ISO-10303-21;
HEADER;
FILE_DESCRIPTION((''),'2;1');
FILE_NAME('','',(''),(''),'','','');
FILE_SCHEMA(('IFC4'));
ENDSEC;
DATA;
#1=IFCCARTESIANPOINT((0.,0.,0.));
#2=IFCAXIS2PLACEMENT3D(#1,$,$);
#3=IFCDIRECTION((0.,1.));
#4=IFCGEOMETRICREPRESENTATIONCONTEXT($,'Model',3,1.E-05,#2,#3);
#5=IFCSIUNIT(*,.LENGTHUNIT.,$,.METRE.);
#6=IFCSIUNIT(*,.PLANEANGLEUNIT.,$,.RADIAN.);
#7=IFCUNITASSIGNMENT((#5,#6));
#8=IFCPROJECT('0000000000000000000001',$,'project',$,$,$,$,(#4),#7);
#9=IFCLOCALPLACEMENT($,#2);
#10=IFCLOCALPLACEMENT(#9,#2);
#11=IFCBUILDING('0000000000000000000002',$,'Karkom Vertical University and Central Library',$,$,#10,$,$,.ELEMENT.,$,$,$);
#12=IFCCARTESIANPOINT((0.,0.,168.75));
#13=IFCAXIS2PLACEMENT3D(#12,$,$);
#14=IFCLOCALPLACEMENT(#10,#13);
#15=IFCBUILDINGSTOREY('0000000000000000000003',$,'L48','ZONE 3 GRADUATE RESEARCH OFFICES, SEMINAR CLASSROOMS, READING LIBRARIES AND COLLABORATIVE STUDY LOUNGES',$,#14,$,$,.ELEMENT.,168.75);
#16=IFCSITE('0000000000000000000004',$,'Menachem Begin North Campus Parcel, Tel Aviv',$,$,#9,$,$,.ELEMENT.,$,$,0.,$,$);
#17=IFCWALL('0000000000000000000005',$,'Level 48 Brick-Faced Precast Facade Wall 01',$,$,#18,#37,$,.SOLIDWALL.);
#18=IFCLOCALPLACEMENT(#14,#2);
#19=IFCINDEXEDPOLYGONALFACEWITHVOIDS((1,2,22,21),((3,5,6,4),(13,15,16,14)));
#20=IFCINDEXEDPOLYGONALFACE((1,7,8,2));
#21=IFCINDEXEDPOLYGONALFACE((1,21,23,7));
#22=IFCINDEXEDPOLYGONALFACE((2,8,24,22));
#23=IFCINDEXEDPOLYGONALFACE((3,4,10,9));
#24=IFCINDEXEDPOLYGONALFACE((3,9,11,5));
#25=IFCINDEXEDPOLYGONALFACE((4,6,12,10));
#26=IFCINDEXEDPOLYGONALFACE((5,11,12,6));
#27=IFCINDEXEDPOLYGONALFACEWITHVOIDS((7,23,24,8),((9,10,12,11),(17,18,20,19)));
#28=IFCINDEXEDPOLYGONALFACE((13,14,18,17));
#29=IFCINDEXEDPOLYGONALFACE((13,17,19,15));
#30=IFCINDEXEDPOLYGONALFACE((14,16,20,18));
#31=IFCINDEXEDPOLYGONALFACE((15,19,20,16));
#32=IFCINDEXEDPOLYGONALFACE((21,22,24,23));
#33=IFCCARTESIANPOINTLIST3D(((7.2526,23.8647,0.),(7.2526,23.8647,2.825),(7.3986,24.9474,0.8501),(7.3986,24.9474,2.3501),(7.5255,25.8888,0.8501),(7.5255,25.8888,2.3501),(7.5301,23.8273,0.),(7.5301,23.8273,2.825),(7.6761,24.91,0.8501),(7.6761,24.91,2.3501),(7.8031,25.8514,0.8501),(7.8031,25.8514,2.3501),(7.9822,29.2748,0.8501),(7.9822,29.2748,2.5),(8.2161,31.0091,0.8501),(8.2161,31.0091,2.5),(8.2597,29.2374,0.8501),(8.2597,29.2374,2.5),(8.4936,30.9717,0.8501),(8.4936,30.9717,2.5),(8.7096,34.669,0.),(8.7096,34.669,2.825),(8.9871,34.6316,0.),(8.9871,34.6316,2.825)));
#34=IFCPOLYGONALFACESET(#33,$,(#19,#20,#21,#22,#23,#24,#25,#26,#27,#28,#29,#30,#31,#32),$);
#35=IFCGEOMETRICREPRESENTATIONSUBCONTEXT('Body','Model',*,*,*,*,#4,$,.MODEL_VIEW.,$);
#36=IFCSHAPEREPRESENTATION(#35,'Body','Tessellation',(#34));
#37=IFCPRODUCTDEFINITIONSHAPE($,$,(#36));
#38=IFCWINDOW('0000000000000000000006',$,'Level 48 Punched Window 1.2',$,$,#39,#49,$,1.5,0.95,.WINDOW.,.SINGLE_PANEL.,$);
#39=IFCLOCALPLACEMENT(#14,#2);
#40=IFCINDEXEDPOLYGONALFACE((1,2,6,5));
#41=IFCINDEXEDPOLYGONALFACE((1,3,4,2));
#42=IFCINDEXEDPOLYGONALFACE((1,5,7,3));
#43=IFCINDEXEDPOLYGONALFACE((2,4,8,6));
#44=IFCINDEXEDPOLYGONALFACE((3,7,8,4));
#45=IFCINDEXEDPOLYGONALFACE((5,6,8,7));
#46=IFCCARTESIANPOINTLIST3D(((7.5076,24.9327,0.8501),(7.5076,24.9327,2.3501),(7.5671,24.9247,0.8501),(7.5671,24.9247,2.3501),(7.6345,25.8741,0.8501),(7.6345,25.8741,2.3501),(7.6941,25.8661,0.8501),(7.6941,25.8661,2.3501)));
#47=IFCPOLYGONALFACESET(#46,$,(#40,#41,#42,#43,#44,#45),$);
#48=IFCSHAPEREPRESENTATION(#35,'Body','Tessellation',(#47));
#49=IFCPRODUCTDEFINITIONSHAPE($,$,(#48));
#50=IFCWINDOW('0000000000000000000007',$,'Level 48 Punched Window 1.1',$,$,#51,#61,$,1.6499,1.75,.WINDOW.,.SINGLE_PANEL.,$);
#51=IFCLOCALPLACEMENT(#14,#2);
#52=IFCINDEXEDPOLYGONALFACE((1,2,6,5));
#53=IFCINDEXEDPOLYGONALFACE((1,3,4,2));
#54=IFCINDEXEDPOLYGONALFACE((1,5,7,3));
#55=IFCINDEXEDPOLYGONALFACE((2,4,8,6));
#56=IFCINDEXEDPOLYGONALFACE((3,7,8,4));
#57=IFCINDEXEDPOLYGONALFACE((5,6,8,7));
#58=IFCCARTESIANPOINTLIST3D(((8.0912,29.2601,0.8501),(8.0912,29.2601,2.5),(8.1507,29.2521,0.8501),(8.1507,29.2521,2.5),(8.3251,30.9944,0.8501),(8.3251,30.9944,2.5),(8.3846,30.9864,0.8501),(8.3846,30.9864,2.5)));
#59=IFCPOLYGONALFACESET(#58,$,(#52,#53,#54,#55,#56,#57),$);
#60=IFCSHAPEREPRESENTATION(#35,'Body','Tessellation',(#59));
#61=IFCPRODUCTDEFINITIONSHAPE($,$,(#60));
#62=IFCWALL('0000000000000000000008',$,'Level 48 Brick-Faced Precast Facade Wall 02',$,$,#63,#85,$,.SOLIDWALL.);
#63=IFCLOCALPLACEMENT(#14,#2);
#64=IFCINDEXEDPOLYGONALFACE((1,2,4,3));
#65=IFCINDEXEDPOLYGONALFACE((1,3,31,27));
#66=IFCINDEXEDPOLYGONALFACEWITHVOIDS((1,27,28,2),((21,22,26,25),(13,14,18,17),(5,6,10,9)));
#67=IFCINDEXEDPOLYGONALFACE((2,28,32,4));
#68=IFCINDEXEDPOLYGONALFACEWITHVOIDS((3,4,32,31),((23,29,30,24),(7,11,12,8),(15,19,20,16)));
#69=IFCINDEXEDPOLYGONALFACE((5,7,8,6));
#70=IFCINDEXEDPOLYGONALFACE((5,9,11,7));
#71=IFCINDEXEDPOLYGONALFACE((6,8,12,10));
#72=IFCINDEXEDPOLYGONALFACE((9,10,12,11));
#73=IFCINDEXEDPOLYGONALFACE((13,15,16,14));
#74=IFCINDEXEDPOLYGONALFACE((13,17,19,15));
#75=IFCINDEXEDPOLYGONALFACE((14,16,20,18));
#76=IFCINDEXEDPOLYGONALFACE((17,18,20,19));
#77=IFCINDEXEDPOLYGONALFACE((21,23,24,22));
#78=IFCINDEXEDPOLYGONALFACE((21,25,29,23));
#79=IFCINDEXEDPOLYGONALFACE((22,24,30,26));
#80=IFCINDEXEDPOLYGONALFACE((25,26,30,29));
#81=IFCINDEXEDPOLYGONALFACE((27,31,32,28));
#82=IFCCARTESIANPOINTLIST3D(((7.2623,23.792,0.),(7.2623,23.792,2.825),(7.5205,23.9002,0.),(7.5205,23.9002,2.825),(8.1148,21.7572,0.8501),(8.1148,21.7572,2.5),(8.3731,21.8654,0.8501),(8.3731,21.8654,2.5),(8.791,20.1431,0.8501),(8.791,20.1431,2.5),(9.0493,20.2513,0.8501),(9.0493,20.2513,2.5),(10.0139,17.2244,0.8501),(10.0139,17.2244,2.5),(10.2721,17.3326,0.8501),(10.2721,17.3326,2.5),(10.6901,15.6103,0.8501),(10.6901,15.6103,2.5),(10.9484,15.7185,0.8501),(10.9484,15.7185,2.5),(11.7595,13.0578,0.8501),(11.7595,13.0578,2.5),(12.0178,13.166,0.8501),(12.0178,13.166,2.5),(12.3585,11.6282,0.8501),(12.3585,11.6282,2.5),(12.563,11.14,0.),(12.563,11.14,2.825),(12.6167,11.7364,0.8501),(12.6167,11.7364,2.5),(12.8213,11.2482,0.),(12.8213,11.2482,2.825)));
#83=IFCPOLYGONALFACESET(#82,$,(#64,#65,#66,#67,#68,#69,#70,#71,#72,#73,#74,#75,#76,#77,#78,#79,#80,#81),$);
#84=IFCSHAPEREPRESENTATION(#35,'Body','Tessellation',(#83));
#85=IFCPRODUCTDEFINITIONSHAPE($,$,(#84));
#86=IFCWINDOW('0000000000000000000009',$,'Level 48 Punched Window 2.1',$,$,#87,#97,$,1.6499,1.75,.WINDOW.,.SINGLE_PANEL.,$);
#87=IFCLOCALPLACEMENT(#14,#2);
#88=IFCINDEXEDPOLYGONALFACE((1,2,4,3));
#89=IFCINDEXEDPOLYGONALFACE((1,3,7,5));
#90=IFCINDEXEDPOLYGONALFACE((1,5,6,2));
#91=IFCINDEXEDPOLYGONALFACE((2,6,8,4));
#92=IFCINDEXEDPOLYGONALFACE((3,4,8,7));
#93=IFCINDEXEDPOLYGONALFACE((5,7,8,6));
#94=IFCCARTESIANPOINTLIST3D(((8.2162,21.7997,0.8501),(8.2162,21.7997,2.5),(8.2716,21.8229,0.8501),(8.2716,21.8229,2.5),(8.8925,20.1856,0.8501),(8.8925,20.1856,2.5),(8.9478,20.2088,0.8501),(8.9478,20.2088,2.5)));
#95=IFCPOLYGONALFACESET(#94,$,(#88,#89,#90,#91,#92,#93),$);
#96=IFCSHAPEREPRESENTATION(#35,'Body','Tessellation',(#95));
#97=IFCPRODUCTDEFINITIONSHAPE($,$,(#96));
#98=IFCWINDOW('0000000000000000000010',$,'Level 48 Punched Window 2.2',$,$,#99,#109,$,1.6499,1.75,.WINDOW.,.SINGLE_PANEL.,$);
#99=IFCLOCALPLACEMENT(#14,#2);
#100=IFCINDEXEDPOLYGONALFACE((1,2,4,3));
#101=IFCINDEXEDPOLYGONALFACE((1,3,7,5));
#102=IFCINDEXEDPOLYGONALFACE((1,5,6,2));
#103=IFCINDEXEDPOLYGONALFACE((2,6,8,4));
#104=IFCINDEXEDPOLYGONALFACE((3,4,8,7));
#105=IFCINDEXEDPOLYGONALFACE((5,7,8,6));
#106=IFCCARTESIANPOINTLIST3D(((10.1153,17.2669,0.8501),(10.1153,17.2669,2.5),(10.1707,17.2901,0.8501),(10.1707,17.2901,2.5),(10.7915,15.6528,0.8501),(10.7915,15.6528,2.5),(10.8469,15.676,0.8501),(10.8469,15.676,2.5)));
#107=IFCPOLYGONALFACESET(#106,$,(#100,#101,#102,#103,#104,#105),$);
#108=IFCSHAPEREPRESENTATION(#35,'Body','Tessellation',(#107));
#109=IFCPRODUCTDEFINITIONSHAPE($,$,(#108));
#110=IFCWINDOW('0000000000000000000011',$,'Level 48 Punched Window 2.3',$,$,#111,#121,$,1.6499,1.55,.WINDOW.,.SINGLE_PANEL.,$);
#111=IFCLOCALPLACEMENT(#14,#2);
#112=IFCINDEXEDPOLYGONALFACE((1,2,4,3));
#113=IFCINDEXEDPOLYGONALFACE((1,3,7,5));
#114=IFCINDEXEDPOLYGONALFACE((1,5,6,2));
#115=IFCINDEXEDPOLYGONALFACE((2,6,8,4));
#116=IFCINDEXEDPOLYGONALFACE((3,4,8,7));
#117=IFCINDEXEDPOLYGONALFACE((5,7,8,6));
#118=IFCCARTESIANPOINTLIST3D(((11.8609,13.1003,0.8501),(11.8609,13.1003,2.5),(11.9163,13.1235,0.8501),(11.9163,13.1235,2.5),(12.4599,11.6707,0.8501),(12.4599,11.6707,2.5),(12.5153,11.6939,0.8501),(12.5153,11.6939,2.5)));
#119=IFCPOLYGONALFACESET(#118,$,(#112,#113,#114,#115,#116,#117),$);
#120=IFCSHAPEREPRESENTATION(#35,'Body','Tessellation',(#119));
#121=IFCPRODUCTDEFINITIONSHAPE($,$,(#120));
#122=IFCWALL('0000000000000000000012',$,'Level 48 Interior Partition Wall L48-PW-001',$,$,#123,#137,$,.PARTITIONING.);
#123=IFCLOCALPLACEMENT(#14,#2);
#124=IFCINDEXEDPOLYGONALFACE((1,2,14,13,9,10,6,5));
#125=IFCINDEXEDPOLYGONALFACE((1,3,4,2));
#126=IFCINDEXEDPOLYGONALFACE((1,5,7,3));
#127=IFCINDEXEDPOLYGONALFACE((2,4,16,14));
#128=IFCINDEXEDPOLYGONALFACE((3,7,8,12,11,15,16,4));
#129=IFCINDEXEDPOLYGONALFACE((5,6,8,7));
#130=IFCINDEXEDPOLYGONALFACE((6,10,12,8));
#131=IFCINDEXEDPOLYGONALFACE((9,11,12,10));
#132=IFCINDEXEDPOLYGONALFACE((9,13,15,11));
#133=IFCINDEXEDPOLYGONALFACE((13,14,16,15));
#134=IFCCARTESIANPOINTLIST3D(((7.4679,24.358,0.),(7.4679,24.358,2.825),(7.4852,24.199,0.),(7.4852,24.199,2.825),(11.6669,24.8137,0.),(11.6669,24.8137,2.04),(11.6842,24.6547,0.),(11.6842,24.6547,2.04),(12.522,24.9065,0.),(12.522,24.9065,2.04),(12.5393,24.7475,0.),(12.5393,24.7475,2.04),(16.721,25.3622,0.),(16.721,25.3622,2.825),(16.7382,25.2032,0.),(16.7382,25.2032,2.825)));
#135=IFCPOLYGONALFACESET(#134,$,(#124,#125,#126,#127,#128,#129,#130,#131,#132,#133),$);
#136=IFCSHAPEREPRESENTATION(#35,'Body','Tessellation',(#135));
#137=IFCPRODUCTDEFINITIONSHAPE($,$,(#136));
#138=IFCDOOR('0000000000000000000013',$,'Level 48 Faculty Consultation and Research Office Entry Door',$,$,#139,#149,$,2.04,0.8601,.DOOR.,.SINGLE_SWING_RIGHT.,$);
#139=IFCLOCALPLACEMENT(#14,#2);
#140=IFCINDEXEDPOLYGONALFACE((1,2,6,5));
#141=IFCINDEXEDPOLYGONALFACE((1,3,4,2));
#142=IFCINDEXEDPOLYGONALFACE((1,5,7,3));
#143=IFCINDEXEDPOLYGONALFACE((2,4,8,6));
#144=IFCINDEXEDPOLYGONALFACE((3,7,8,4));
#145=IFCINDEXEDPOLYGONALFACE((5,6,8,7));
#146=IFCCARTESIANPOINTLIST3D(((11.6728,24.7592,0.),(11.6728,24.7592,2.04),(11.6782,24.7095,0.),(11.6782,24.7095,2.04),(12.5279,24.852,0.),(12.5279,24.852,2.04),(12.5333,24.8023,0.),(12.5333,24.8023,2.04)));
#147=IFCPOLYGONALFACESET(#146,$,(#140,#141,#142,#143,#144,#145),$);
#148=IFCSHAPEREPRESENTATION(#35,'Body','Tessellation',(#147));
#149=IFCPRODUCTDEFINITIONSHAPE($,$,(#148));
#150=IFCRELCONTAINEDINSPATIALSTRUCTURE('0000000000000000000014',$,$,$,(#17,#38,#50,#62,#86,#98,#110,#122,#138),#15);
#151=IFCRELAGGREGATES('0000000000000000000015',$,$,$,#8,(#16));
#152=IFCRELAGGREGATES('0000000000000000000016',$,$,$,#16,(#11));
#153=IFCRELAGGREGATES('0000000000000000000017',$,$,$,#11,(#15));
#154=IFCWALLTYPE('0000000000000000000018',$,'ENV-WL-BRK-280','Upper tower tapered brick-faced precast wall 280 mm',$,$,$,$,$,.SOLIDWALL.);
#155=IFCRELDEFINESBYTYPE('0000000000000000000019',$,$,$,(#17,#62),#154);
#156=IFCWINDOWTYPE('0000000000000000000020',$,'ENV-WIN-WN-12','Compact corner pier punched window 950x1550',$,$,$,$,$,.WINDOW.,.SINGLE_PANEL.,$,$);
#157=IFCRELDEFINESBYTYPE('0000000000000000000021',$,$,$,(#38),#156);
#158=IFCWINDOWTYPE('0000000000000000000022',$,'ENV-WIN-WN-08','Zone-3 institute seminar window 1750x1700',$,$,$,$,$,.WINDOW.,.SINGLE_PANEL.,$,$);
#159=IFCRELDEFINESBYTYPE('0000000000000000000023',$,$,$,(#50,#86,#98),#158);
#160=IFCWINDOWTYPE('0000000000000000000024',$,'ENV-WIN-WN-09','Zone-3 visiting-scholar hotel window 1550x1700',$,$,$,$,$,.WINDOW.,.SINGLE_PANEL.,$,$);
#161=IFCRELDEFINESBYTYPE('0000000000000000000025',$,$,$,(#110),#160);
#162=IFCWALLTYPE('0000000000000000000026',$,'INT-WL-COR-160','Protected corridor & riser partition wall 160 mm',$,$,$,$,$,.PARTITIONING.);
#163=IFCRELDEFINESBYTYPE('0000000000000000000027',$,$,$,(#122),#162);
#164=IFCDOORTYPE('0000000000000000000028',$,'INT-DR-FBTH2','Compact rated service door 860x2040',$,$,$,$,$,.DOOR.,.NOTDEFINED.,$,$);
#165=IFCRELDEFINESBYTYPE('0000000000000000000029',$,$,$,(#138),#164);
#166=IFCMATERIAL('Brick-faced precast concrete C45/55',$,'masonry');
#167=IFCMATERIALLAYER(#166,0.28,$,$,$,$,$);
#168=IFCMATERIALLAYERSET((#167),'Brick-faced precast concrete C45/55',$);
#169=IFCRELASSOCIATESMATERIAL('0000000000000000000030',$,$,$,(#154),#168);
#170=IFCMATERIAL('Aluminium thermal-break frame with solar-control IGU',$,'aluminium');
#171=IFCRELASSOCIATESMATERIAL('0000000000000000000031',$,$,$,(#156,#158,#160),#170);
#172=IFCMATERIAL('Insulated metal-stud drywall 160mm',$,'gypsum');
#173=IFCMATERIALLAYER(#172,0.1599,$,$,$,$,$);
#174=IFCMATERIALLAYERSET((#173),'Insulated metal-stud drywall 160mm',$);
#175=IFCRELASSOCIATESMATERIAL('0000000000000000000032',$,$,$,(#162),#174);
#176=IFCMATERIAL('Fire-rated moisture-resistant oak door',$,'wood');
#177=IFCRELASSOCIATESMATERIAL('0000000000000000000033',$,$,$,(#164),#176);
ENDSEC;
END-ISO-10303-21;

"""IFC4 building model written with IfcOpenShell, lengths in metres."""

from ifc_helpers import new_model, si_unit, direction, frame, frame_2d, origin, origin_with_axes, place, context, subcontext, project, spatial, rectangle, extrude, source, transform, mapped, material, layer, layer_set, type_object, element, fill, save


model = new_model("IFC4")

# Units and contexts
model_context = context("Model", 3, precision=1e-05, world=origin(), true_north=direction((0.0, 1.0)))
body_context = subcontext(model_context, "Body", "Model", "MODEL_VIEW")
ifc_project = project(units=[si_unit("LENGTHUNIT", "METRE"), si_unit("PLANEANGLEUNIT", "RADIAN")], contexts=[model_context])

# Site, building, storey
site_placement = place(None, origin())
site = spatial("IfcSite", under=ifc_project, at=site_placement, Name="Menachem Begin North Campus Parcel, Tel Aviv", CompositionType="ELEMENT", RefElevation=0.0)
building_placement = place(site_placement, origin())
building = spatial("IfcBuilding", under=site, at=building_placement, Name="Karkom Vertical University and Central Library", CompositionType="ELEMENT")
storey_placement = place(building_placement, frame((0.0, 0.0, 168.75)))
storey = spatial("IfcBuildingStorey", under=building, at=storey_placement, Name="L48", Description="ZONE 3 GRADUATE RESEARCH OFFICES, SEMINAR CLASSROOMS, READING LIBRARIES AND COLLABORATIVE STUDY LOUNGES", CompositionType="ELEMENT", Elevation=168.75)

# Walls, openings, windows
ifc_material_1 = material(Name="Brick-faced precast concrete C45/55", Category="masonry")
ifc_layer_1 = layer(ifc_material_1, 0.28)
ifc_layer_set_1 = layer_set([ifc_layer_1], Name="Brick-faced precast concrete C45/55")
wall_type_1 = type_object("IfcWallType", Name="ENV-WL-BRK-280", Description="Upper tower tapered brick-faced precast wall 280 mm", PredefinedType="SOLIDWALL", material=ifc_layer_set_1)
wall_1_placement = place(storey_placement, frame((8.8484, 34.6504, 0.0), z_axis=(0.0, 0.0, 1.0), x_axis=(-0.133648, -0.991029, 0.0)))
wall_1 = element("IfcWall", 1, at=wall_1_placement, inside=storey, type_object=wall_type_1, Name="Level 48 Brick-Faced Precast Facade Wall 01", PredefinedType="SOLIDWALL", context=body_context, shape_type="SweptSolid", body=[
    extrude(rectangle(XDim=10.9021, YDim=0.28, at=frame_2d((5.4512, 0.0))), origin(), (0.0, 0.0, 1.0), 2.825),
])
opening_1_placement = place(wall_1_placement, frame((3.6931, 0.0, 0.8501)))
opening_1 = element("IfcOpeningElement", 2, at=opening_1_placement, cuts=wall_1, PredefinedType="OPENING", context=body_context, shape_type="SweptSolid", body=[
    extrude(rectangle(XDim=1.75, YDim=1.6499, at=frame_2d((0.875, 0.825))), frame((0.0, 0.1499, 0.0), z_axis=(0.0, -1.0, 0.0), x_axis=(1.0, 0.0, 0.0)), (0.0, 0.0, 1.0), 0.3),
])
opening_2_placement = place(wall_1_placement, frame((8.8596, 0.0, 0.8501)))
opening_2 = element("IfcOpeningElement", 3, at=opening_2_placement, cuts=wall_1, PredefinedType="OPENING", context=body_context, shape_type="SweptSolid", body=[
    extrude(rectangle(XDim=0.95, YDim=1.5, at=frame_2d((0.4751, 0.75))), frame((0.0, 0.1499, 0.0), z_axis=(0.0, -1.0, 0.0), x_axis=(1.0, 0.0, 0.0)), (0.0, 0.0, 1.0), 0.3),
])
ifc_material_2 = material(Name="Aluminium thermal-break frame with solar-control IGU", Category="aluminium")
window_type_1 = type_object("IfcWindowType", Name="ENV-WIN-WN-12", Description="Compact corner pier punched window 950x1550", PartitioningType="SINGLE_PANEL", PredefinedType="WINDOW", material=ifc_material_2)
shared_shape_1 = source(origin_with_axes(), body_context, "Body", "SweptSolid", [
    extrude(rectangle(XDim=0.95, YDim=1.5, at=frame_2d((0.4751, 0.75))), frame((0.0, 0.03, 0.0), z_axis=(0.0, -1.0, 0.0), x_axis=(1.0, 0.0, 0.0)), (0.0, 0.0, 1.0), 0.0601),
])
window_1_placement = place(opening_2_placement, origin())
window_1 = element("IfcWindow", 4, at=window_1_placement, inside=storey, type_object=window_type_1, Name="Level 48 Punched Window 1.2", OverallHeight=1.5, OverallWidth=0.95, PartitioningType="SINGLE_PANEL", PredefinedType="WINDOW", context=body_context, shape_type="MappedRepresentation", body=[
    mapped(shared_shape_1, transform((0.0, 0.0, 0.0), scale=1.0)),
])
fill(opening_2, window_1)
window_type_2 = type_object("IfcWindowType", Name="ENV-WIN-WN-08", Description="Zone-3 institute seminar window 1750x1700", PartitioningType="SINGLE_PANEL", PredefinedType="WINDOW", material=ifc_material_2)
shared_shape_2 = source(origin_with_axes(), body_context, "Body", "SweptSolid", [
    extrude(rectangle(XDim=1.75, YDim=1.6499, at=frame_2d((0.875, 0.825))), frame((0.0, 0.03, 0.0), z_axis=(0.0, -1.0, 0.0), x_axis=(1.0, 0.0, 0.0)), (0.0, 0.0, 1.0), 0.0601),
])
window_2_placement = place(opening_1_placement, origin())
window_2 = element("IfcWindow", 5, at=window_2_placement, inside=storey, type_object=window_type_2, Name="Level 48 Punched Window 1.1", OverallHeight=1.6499, OverallWidth=1.75, PartitioningType="SINGLE_PANEL", PredefinedType="WINDOW", context=body_context, shape_type="MappedRepresentation", body=[
    mapped(shared_shape_2, transform((0.0, 0.0, 0.0), scale=1.0)),
])
fill(opening_1, window_2)
wall_2_placement = place(storey_placement, frame((7.3914, 23.8462, 0.0), z_axis=(0.0, 0.0, 1.0), x_axis=(0.386421, -0.922323, 0.0)))
wall_2 = element("IfcWall", 6, at=wall_2_placement, inside=storey, type_object=wall_type_1, Name="Level 48 Brick-Faced Precast Facade Wall 02", PredefinedType="SOLIDWALL", context=body_context, shape_type="SweptSolid", body=[
    extrude(rectangle(XDim=13.7175, YDim=0.28, at=frame_2d((6.8589, 0.0))), origin(), (0.0, 0.0, 1.0), 2.825),
])
opening_3_placement = place(wall_2_placement, frame((2.2063, 0.0, 0.8501)))
opening_3 = element("IfcOpeningElement", 7, at=opening_3_placement, cuts=wall_2, PredefinedType="OPENING", context=body_context, shape_type="SweptSolid", body=[
    extrude(rectangle(XDim=1.75, YDim=1.6499, at=frame_2d((0.875, 0.825))), frame((0.0, 0.1499, 0.0), z_axis=(0.0, -1.0, 0.0), x_axis=(1.0, 0.0, 0.0)), (0.0, 0.0, 1.0), 0.3),
])
opening_4_placement = place(wall_2_placement, frame((7.1208, 0.0, 0.8501)))
opening_4 = element("IfcOpeningElement", 8, at=opening_4_placement, cuts=wall_2, PredefinedType="OPENING", context=body_context, shape_type="SweptSolid", body=[
    extrude(rectangle(XDim=1.75, YDim=1.6499, at=frame_2d((0.875, 0.825))), frame((0.0, 0.1499, 0.0), z_axis=(0.0, -1.0, 0.0), x_axis=(1.0, 0.0, 0.0)), (0.0, 0.0, 1.0), 0.3),
])
opening_5_placement = place(wall_2_placement, frame((11.6384, 0.0, 0.8501)))
opening_5 = element("IfcOpeningElement", 9, at=opening_5_placement, cuts=wall_2, PredefinedType="OPENING", context=body_context, shape_type="SweptSolid", body=[
    extrude(rectangle(XDim=1.55, YDim=1.6499, at=frame_2d((0.7749, 0.825))), frame((0.0, 0.1499, 0.0), z_axis=(0.0, -1.0, 0.0), x_axis=(1.0, 0.0, 0.0)), (0.0, 0.0, 1.0), 0.3),
])
window_3_placement = place(opening_3_placement, origin())
window_3 = element("IfcWindow", 10, at=window_3_placement, inside=storey, type_object=window_type_2, Name="Level 48 Punched Window 2.1", OverallHeight=1.6499, OverallWidth=1.75, PartitioningType="SINGLE_PANEL", PredefinedType="WINDOW", context=body_context, shape_type="MappedRepresentation", body=[
    mapped(shared_shape_2, transform((0.0, 0.0, 0.0), scale=1.0)),
])
fill(opening_3, window_3)
window_4_placement = place(opening_4_placement, origin())
window_4 = element("IfcWindow", 11, at=window_4_placement, inside=storey, type_object=window_type_2, Name="Level 48 Punched Window 2.2", OverallHeight=1.6499, OverallWidth=1.75, PartitioningType="SINGLE_PANEL", PredefinedType="WINDOW", context=body_context, shape_type="MappedRepresentation", body=[
    mapped(shared_shape_2, transform((0.0, 0.0, 0.0), scale=1.0)),
])
fill(opening_4, window_4)
window_type_3 = type_object("IfcWindowType", Name="ENV-WIN-WN-09", Description="Zone-3 visiting-scholar hotel window 1550x1700", PartitioningType="SINGLE_PANEL", PredefinedType="WINDOW", material=ifc_material_2)
shared_shape_3 = source(origin_with_axes(), body_context, "Body", "SweptSolid", [
    extrude(rectangle(XDim=1.55, YDim=1.6499, at=frame_2d((0.7749, 0.825))), frame((0.0, 0.03, 0.0), z_axis=(0.0, -1.0, 0.0), x_axis=(1.0, 0.0, 0.0)), (0.0, 0.0, 1.0), 0.0601),
])
window_5_placement = place(opening_5_placement, origin())
window_5 = element("IfcWindow", 12, at=window_5_placement, inside=storey, type_object=window_type_3, Name="Level 48 Punched Window 2.3", OverallHeight=1.6499, OverallWidth=1.55, PartitioningType="SINGLE_PANEL", PredefinedType="WINDOW", context=body_context, shape_type="MappedRepresentation", body=[
    mapped(shared_shape_3, transform((0.0, 0.0, 0.0), scale=1.0)),
])
fill(opening_5, window_5)

# Wall, opening, door
ifc_material_3 = material(Name="Insulated metal-stud drywall 160mm", Category="gypsum")
ifc_layer_2 = layer(ifc_material_3, 0.1599)
ifc_layer_set_2 = layer_set([ifc_layer_2], Name="Insulated metal-stud drywall 160mm")
wall_type_2 = type_object("IfcWallType", Name="INT-WL-COR-160", Description="Protected corridor & riser partition wall 160 mm", PredefinedType="PARTITIONING", material=ifc_layer_set_2)
wall_3_placement = place(storey_placement, frame((16.7297, 25.2827, 0.0), z_axis=(0.0, 0.0, 1.0), x_axis=(-0.994163, -0.107889, 0.0)))
wall_3 = element("IfcWall", 13, at=wall_3_placement, inside=storey, type_object=wall_type_2, Name="Level 48 Interior Partition Wall L48-PW-001", PredefinedType="PARTITIONING", context=body_context, shape_type="SweptSolid", body=[
    extrude(rectangle(XDim=9.3074, YDim=0.1599, at=frame_2d((4.6538, 0.0))), origin(), (0.0, 0.0, 1.0), 2.825),
])
opening_6_placement = place(wall_3_placement, frame((4.2236, 0.0, 0.0)))
opening_6 = element("IfcOpeningElement", 14, at=opening_6_placement, cuts=wall_3, PredefinedType="OPENING", context=body_context, shape_type="SweptSolid", body=[
    extrude(rectangle(XDim=0.8601, YDim=2.04, at=frame_2d((0.4302, 1.02))), frame((0.0, 0.0898, 0.0), z_axis=(0.0, -1.0, 0.0), x_axis=(1.0, 0.0, 0.0)), (0.0, 0.0, 1.0), 0.1799),
])
ifc_material_4 = material(Name="Fire-rated moisture-resistant oak door", Category="wood")
door_type_1 = type_object("IfcDoorType", Name="INT-DR-FBTH2", Description="Compact rated service door 860x2040", OperationType="NOTDEFINED", PredefinedType="DOOR", material=ifc_material_4)
shared_shape_4 = source(origin_with_axes(), body_context, "Body", "SweptSolid", [
    extrude(rectangle(XDim=0.8601, YDim=2.04, at=frame_2d((0.4302, 1.02))), frame((0.0, 0.0249, 0.0), z_axis=(0.0, -1.0, 0.0), x_axis=(1.0, 0.0, 0.0)), (0.0, 0.0, 1.0), 0.05),
])
door_1_placement = place(opening_6_placement, origin())
door_1 = element("IfcDoor", 15, at=door_1_placement, inside=storey, type_object=door_type_1, Name="Level 48 Faculty Consultation and Research Office Entry Door", OperationType="SINGLE_SWING_RIGHT", OverallHeight=2.04, OverallWidth=0.8601, PredefinedType="DOOR", context=body_context, shape_type="MappedRepresentation", body=[
    mapped(shared_shape_4, transform((0.0, 0.0, 0.0), scale=1.0)),
])
fill(opening_6, door_1)

save(model, "model.ifc")
